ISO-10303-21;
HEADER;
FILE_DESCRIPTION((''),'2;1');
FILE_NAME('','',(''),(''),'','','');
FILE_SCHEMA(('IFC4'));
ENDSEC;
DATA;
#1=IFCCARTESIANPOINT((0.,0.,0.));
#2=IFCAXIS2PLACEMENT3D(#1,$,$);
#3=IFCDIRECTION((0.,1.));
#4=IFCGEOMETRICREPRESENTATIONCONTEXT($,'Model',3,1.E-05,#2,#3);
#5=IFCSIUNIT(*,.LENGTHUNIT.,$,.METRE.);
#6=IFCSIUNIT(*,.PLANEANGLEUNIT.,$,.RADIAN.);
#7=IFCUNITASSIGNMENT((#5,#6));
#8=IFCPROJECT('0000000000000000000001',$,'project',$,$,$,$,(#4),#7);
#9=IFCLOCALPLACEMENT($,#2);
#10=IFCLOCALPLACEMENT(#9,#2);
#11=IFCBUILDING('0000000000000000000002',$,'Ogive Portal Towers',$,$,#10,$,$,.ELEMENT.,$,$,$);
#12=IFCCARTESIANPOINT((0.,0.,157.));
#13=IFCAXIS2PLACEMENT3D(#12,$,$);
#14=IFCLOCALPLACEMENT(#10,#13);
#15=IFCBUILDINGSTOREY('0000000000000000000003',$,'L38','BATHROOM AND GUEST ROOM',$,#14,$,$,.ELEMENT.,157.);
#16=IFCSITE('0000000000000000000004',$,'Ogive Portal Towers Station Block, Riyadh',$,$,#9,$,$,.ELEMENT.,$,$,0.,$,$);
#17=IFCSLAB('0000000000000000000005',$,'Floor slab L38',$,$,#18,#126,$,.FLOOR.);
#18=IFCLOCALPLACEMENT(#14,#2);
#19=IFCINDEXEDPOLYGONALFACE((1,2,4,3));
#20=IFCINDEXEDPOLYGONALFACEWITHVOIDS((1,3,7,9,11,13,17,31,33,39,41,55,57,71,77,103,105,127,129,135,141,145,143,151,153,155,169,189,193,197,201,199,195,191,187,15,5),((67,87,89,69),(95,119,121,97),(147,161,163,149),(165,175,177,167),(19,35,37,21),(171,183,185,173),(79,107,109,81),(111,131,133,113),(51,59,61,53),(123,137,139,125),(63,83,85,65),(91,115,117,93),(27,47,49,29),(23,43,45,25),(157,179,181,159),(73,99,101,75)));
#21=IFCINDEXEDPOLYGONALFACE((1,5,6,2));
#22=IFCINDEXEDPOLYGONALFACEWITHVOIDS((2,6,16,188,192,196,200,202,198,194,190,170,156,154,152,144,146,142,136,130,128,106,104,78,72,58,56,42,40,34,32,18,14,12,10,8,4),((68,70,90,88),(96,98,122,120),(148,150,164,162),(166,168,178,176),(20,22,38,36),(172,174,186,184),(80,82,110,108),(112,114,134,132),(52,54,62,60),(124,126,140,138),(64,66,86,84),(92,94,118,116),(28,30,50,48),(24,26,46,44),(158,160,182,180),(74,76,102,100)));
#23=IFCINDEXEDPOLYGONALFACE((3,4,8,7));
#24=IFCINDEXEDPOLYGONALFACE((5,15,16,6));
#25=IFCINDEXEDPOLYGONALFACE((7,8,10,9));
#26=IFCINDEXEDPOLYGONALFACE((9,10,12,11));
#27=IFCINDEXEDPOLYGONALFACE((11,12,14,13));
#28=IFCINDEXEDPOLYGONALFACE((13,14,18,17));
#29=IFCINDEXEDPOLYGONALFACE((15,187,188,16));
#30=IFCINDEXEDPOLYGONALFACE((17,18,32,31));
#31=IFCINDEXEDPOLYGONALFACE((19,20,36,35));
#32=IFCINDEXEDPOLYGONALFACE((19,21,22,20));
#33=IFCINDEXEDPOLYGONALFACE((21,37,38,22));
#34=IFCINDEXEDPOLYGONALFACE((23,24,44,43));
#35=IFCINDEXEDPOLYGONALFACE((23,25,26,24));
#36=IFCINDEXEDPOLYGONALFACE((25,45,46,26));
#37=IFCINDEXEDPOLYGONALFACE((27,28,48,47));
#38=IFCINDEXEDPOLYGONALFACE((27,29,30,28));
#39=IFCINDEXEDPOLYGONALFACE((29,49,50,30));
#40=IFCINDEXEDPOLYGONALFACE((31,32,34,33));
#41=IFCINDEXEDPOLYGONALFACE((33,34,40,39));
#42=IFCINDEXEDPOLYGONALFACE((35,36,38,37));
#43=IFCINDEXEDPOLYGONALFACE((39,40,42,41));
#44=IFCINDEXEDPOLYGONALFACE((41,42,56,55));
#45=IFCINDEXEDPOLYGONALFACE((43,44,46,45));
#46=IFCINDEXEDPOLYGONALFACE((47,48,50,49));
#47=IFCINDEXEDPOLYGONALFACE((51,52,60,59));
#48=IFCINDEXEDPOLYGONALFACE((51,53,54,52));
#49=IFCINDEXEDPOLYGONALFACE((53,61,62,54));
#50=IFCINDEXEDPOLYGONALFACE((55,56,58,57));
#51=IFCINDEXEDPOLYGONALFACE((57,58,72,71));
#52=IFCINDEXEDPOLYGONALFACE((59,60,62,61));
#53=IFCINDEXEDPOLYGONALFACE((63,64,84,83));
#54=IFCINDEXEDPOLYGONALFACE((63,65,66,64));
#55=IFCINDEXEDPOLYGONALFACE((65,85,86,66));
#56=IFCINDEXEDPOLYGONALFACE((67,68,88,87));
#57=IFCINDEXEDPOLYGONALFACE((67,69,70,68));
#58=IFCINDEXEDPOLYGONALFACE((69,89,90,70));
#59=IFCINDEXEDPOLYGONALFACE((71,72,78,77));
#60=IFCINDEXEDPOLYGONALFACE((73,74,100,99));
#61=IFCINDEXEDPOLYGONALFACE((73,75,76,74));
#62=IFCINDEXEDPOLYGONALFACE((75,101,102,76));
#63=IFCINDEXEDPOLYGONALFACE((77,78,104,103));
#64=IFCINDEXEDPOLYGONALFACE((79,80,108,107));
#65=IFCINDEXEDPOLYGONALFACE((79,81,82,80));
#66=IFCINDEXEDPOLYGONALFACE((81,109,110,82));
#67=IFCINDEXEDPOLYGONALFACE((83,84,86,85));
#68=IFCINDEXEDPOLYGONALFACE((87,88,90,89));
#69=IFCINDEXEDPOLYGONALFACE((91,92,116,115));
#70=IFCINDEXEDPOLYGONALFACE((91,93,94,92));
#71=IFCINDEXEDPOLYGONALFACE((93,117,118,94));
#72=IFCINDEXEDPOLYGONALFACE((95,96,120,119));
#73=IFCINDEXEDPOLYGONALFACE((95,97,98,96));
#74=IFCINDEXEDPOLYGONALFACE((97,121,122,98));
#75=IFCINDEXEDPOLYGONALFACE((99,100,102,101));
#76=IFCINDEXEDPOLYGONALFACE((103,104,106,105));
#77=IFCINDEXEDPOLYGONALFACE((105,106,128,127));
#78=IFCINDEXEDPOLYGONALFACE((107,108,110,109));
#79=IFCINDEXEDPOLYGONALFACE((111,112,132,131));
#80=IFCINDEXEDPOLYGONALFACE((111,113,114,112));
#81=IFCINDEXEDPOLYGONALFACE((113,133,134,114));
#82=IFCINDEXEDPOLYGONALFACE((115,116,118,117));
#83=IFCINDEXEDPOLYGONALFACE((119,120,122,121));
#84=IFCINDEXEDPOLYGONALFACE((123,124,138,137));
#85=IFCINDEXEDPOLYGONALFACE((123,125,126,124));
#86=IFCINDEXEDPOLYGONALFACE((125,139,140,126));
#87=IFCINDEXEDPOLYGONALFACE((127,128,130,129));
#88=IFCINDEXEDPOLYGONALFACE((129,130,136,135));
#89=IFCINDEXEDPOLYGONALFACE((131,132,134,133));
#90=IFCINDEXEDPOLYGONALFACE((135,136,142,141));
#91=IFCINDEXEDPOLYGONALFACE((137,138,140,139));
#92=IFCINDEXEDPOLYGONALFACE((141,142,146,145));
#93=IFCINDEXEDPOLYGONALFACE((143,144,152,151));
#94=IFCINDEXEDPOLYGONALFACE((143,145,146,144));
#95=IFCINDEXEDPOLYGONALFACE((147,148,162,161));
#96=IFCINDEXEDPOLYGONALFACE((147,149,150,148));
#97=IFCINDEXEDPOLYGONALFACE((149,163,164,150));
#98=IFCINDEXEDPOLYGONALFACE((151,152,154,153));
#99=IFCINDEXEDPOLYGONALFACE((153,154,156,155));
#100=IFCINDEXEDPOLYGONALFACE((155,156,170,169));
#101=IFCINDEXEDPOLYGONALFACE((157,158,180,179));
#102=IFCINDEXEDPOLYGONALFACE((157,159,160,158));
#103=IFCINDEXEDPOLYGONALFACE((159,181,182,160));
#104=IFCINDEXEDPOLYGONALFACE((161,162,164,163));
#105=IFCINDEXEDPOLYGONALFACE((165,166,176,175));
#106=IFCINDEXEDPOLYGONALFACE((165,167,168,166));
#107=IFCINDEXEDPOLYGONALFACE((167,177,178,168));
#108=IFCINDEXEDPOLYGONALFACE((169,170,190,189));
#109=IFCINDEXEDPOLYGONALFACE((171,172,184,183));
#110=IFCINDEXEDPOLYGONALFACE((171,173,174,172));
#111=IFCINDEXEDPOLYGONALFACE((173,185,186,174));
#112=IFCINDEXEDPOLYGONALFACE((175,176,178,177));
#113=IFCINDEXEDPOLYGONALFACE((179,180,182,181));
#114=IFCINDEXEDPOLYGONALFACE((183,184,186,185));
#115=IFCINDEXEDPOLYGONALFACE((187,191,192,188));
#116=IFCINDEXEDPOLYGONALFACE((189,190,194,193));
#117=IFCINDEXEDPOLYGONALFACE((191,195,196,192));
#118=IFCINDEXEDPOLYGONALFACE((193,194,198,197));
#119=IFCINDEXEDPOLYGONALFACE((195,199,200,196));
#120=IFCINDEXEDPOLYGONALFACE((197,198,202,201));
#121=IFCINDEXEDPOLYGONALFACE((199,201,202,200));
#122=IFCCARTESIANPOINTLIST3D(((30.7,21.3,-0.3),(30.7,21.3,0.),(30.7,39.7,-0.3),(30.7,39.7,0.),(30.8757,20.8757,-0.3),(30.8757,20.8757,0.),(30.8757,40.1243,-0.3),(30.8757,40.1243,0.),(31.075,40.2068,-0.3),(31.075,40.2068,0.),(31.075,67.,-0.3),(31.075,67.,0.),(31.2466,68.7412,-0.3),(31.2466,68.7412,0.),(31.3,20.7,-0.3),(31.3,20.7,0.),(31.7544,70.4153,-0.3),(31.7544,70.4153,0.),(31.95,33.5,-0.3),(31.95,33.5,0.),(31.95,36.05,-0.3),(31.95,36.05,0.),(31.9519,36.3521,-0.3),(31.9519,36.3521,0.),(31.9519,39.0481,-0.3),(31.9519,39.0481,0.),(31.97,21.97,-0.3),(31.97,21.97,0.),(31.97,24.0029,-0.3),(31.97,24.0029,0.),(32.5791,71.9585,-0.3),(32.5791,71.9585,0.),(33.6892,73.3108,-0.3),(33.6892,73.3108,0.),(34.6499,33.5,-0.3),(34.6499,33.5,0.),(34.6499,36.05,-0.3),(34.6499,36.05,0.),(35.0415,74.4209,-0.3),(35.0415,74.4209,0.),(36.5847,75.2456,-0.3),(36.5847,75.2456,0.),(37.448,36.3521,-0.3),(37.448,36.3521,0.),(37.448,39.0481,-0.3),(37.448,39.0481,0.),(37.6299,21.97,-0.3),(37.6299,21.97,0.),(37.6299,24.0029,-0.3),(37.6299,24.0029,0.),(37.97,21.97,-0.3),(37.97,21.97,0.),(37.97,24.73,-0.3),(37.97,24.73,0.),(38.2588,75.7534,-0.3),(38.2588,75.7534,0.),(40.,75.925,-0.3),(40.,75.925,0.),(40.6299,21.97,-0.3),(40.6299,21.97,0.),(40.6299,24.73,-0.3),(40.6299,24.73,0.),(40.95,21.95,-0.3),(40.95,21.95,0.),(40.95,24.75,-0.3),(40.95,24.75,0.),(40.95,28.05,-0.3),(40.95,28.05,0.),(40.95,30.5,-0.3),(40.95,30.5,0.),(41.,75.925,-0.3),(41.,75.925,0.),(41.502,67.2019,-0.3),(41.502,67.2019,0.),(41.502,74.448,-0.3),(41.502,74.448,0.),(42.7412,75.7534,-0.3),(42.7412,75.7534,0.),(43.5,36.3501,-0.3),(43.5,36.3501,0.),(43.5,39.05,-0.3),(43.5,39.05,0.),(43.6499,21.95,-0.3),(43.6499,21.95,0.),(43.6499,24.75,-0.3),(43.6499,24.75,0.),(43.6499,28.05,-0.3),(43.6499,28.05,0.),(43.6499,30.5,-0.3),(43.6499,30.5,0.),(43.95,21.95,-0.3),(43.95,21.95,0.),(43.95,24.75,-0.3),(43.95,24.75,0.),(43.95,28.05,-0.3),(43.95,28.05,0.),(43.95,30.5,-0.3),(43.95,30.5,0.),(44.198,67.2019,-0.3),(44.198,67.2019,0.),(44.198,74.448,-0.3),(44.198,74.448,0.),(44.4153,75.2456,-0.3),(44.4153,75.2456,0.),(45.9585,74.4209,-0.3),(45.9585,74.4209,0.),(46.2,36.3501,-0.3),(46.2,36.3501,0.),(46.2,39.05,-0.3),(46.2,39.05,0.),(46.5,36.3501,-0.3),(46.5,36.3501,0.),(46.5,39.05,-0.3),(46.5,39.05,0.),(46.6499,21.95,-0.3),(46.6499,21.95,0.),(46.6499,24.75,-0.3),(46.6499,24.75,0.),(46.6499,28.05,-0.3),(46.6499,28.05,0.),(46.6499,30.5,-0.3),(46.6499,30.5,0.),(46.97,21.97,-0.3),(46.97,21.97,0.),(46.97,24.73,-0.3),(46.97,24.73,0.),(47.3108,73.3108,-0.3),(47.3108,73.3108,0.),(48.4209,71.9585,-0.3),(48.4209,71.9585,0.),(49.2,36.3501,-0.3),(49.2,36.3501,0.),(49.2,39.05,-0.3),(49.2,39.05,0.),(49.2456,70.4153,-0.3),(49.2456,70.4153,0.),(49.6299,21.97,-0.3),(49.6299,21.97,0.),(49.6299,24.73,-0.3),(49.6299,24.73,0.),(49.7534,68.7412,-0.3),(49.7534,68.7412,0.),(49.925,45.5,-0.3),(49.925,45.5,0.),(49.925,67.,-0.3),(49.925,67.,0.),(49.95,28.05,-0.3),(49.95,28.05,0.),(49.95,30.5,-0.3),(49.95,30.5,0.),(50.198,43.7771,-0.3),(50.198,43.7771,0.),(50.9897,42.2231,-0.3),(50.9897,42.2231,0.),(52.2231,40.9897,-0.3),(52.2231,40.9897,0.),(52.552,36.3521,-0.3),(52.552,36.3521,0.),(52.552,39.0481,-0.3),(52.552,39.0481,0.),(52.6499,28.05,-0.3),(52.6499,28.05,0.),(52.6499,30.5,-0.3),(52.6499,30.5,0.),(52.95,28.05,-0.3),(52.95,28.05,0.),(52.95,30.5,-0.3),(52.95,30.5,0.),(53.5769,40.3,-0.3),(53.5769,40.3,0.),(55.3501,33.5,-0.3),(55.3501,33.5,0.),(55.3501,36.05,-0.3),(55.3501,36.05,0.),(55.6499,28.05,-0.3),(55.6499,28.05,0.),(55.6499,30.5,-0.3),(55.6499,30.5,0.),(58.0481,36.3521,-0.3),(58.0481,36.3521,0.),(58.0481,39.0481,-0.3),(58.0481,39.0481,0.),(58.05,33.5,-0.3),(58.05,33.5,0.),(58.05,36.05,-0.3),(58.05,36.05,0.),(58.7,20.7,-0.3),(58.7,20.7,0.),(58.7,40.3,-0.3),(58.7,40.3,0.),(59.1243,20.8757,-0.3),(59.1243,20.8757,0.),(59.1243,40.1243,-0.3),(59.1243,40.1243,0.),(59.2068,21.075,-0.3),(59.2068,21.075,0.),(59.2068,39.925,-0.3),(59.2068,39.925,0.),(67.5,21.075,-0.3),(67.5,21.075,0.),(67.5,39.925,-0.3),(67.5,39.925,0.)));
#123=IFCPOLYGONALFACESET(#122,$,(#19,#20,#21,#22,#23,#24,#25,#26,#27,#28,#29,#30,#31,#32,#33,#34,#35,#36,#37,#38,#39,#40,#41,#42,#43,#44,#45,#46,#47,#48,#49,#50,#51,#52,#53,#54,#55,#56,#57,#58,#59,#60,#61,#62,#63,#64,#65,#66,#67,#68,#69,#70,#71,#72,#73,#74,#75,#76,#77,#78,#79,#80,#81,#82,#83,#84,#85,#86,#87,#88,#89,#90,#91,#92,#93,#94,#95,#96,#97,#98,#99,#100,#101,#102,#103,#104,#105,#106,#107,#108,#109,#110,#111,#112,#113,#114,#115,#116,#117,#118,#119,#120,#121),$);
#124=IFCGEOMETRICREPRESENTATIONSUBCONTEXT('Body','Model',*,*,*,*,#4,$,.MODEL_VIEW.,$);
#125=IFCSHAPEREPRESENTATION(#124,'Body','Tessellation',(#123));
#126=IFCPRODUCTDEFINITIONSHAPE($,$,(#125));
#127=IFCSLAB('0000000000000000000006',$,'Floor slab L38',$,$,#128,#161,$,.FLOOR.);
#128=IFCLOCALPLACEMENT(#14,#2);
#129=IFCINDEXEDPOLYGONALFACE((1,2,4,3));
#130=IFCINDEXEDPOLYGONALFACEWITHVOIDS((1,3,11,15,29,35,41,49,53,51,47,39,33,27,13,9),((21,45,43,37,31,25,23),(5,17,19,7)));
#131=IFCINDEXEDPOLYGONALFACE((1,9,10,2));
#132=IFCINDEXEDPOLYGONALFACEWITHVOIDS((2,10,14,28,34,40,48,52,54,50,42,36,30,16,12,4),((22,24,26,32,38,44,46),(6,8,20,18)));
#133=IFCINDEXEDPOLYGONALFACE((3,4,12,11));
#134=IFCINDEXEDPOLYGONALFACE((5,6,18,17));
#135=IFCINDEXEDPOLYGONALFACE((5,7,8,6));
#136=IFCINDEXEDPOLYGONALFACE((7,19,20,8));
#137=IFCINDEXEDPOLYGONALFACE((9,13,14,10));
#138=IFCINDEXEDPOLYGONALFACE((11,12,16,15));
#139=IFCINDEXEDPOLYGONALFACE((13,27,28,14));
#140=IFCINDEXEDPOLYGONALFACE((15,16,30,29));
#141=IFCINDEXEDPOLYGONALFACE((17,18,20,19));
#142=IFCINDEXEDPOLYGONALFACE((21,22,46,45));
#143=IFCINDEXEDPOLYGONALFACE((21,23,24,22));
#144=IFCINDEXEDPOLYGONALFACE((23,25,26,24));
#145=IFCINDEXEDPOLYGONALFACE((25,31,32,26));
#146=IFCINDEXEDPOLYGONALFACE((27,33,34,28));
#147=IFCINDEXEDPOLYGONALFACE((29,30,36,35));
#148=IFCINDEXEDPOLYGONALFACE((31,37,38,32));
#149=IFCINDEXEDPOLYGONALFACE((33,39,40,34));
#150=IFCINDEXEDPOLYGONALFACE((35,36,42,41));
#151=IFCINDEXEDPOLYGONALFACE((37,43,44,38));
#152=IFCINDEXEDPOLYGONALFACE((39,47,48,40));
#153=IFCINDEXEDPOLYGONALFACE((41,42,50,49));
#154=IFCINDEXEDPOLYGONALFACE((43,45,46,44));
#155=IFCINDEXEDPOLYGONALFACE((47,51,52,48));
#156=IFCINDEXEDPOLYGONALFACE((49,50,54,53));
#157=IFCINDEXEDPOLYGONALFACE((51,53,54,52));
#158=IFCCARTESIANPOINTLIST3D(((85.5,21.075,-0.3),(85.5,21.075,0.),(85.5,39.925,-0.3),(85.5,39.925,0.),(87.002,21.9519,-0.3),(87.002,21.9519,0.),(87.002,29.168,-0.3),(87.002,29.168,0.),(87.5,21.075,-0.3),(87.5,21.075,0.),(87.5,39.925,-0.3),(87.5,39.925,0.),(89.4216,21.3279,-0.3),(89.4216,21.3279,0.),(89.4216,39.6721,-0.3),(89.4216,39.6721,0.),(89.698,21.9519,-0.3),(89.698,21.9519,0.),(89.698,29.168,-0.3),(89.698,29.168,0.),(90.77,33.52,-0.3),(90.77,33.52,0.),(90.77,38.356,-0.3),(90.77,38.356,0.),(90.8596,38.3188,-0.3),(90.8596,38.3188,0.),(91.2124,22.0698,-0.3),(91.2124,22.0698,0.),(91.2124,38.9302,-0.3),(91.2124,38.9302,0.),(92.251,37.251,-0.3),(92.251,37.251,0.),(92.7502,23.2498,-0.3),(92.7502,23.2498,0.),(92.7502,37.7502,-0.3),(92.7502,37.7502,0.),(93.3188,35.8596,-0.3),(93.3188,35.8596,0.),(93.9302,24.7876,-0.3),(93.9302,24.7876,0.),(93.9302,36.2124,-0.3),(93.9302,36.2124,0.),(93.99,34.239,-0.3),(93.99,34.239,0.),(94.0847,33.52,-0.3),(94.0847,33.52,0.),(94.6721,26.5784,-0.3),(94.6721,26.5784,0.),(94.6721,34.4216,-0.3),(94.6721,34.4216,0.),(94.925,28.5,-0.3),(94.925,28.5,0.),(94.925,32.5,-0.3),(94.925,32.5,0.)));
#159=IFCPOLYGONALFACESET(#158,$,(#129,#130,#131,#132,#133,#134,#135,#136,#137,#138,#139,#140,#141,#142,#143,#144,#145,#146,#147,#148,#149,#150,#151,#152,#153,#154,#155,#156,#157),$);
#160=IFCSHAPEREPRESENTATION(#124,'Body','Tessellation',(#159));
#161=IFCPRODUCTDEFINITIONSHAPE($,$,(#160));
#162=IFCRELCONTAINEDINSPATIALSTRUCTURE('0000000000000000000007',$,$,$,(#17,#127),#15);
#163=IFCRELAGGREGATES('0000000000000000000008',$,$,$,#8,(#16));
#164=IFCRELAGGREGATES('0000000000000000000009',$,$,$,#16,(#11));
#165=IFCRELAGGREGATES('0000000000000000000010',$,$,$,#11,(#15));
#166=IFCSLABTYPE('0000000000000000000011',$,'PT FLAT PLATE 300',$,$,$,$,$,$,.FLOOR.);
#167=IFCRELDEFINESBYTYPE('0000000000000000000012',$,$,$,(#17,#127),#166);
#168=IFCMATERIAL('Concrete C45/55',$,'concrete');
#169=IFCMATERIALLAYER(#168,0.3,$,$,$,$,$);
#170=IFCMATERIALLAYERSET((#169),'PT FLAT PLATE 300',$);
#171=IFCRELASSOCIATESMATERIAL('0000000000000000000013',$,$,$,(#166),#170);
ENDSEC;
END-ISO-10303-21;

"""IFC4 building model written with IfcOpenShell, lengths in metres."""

from ifc_helpers import new_model, si_unit, direction, frame, origin, place, context, subcontext, project, spatial, polyline, outline, extrude, material, layer, layer_set, type_object, element, save


model = new_model("IFC4")

# Units and contexts
model_context = context("Model", 3, precision=1e-05, world=origin(), true_north=direction((0.0, 1.0)))
body_context = subcontext(model_context, "Body", "Model", "MODEL_VIEW")
ifc_project = project(units=[si_unit("LENGTHUNIT", "METRE"), si_unit("PLANEANGLEUNIT", "RADIAN")], contexts=[model_context])

# Site, building, storey
site_placement = place(None, origin())
site = spatial("IfcSite", under=ifc_project, at=site_placement, Name="Ogive Portal Towers Station Block, Riyadh", CompositionType="ELEMENT", RefElevation=0.0)
building_placement = place(site_placement, origin())
building = spatial("IfcBuilding", under=site, at=building_placement, Name="Ogive Portal Towers", CompositionType="ELEMENT")
storey_placement = place(building_placement, frame((0.0, 0.0, 157.0)))
storey = spatial("IfcBuildingStorey", under=building, at=storey_placement, Name="L38", Description="BATHROOM AND GUEST ROOM", CompositionType="ELEMENT", Elevation=157.0)

# Slabs
ifc_material_1 = material(Name="Concrete C45/55", Category="concrete")
ifc_layer_1 = layer(ifc_material_1, 0.3)
ifc_layer_set_1 = layer_set([ifc_layer_1], Name="PT FLAT PLATE 300")
slab_type_1 = type_object("IfcSlabType", Name="PT FLAT PLATE 300", PredefinedType="FLOOR", material=ifc_layer_set_1)
slab_1_placement = place(storey_placement, frame((0.0, 0.0, -0.3)))
element("IfcSlab", 1, at=slab_1_placement, inside=storey, type_object=slab_type_1, Name="Floor slab L38", PredefinedType="FLOOR", context=body_context, shape_type="SweptSolid", body=[
    extrude(outline(polyline([(59.1243, 20.8757), (59.2068, 21.075), (67.5, 21.075), (67.5, 39.925), (59.2068, 39.925), (59.1243, 40.1243), (58.7, 40.3), (53.5769, 40.3), (52.2231, 40.9897), (50.9897, 42.2231), (50.198, 43.7771), (49.925, 45.5), (49.925, 67.0), (49.7534, 68.7412), (49.2456, 70.4153), (48.4209, 71.9585), (47.3108, 73.3108), (45.9585, 74.4209), (44.4153, 75.2456), (42.7412, 75.7534), (41.0, 75.925), (40.0, 75.925), (38.2588, 75.7534), (36.5847, 75.2456), (35.0415, 74.4209), (33.6892, 73.3108), (32.5791, 71.9585), (31.7544, 70.4153), (31.2466, 68.7412), (31.075, 67.0), (31.075, 40.2068), (30.8757, 40.1243), (30.7, 39.7), (30.7, 21.3), (30.8757, 20.8757), (31.3, 20.7), (58.7, 20.7), (59.1243, 20.8757)]), holes=[polyline([(37.6299, 21.97), (31.97, 21.97), (31.97, 24.0029), (37.6299, 24.0029), (37.6299, 21.97)]), polyline([(40.6299, 21.97), (37.97, 21.97), (37.97, 24.73), (40.6299, 24.73), (40.6299, 21.97)]), polyline([(43.6499, 24.75), (43.6499, 21.95), (40.95, 21.95), (40.95, 24.75), (43.6499, 24.75)]), polyline([(46.6499, 24.75), (46.6499, 21.95), (43.95, 21.95), (43.95, 24.75), (46.6499, 24.75)]), polyline([(43.6499, 30.5), (43.6499, 28.05), (40.95, 28.05), (40.95, 30.5), (43.6499, 30.5)]), polyline([(34.6499, 36.05), (34.6499, 33.5), (31.95, 33.5), (31.95, 36.05), (34.6499, 36.05)]), polyline([(31.9519, 39.0481), (37.448, 39.0481), (37.448, 36.3521), (31.9519, 36.3521), (31.9519, 39.0481)]), polyline([(46.2, 36.3501), (43.5, 36.3501), (43.5, 39.05), (46.2, 39.05), (46.2, 36.3501)]), polyline([(44.198, 67.2019), (41.502, 67.2019), (41.502, 74.448), (44.198, 74.448), (44.198, 67.2019)]), polyline([(49.6299, 21.97), (46.97, 21.97), (46.97, 24.73), (49.6299, 24.73), (49.6299, 21.97)]), polyline([(46.6499, 30.5), (46.6499, 28.05), (43.95, 28.05), (43.95, 30.5), (46.6499, 30.5)]), polyline([(52.6499, 30.5), (52.6499, 28.05), (49.95, 28.05), (49.95, 30.5), (52.6499, 30.5)]), polyline([(55.6499, 30.5), (55.6499, 28.05), (52.95, 28.05), (52.95, 30.5), (55.6499, 30.5)]), polyline([(58.05, 36.05), (58.05, 33.5), (55.3501, 33.5), (55.3501, 36.05), (58.05, 36.05)]), polyline([(49.2, 36.3501), (46.5, 36.3501), (46.5, 39.05), (49.2, 39.05), (49.2, 36.3501)]), polyline([(52.552, 36.3521), (52.552, 39.0481), (58.0481, 39.0481), (58.0481, 36.3521), (52.552, 36.3521)])]), origin(), (0.0, 0.0, 1.0), 0.3),
])
slab_2_placement = place(storey_placement, frame((0.0, 0.0, -0.3)))
element("IfcSlab", 2, at=slab_2_placement, inside=storey, type_object=slab_type_1, Name="Floor slab L38", PredefinedType="FLOOR", context=body_context, shape_type="SweptSolid", body=[
    extrude(outline(polyline([(91.2124, 38.9302), (89.4216, 39.6721), (87.5, 39.925), (85.5, 39.925), (85.5, 21.075), (87.5, 21.075), (89.4216, 21.3279), (91.2124, 22.0698), (92.7502, 23.2498), (93.9302, 24.7876), (94.6721, 26.5784), (94.925, 28.5), (94.925, 32.5), (94.6721, 34.4216), (93.9302, 36.2124), (92.7502, 37.7502), (91.2124, 38.9302)]), holes=[polyline([(87.002, 21.9519), (87.002, 29.168), (89.698, 29.168), (89.698, 21.9519), (87.002, 21.9519)]), polyline([(92.251, 37.251), (93.3188, 35.8596), (93.99, 34.239), (94.0847, 33.52), (90.77, 33.52), (90.77, 38.356), (90.8596, 38.3188), (92.251, 37.251)])]), origin(), (0.0, 0.0, 1.0), 0.3),
])

save(model, "model.ifc")
